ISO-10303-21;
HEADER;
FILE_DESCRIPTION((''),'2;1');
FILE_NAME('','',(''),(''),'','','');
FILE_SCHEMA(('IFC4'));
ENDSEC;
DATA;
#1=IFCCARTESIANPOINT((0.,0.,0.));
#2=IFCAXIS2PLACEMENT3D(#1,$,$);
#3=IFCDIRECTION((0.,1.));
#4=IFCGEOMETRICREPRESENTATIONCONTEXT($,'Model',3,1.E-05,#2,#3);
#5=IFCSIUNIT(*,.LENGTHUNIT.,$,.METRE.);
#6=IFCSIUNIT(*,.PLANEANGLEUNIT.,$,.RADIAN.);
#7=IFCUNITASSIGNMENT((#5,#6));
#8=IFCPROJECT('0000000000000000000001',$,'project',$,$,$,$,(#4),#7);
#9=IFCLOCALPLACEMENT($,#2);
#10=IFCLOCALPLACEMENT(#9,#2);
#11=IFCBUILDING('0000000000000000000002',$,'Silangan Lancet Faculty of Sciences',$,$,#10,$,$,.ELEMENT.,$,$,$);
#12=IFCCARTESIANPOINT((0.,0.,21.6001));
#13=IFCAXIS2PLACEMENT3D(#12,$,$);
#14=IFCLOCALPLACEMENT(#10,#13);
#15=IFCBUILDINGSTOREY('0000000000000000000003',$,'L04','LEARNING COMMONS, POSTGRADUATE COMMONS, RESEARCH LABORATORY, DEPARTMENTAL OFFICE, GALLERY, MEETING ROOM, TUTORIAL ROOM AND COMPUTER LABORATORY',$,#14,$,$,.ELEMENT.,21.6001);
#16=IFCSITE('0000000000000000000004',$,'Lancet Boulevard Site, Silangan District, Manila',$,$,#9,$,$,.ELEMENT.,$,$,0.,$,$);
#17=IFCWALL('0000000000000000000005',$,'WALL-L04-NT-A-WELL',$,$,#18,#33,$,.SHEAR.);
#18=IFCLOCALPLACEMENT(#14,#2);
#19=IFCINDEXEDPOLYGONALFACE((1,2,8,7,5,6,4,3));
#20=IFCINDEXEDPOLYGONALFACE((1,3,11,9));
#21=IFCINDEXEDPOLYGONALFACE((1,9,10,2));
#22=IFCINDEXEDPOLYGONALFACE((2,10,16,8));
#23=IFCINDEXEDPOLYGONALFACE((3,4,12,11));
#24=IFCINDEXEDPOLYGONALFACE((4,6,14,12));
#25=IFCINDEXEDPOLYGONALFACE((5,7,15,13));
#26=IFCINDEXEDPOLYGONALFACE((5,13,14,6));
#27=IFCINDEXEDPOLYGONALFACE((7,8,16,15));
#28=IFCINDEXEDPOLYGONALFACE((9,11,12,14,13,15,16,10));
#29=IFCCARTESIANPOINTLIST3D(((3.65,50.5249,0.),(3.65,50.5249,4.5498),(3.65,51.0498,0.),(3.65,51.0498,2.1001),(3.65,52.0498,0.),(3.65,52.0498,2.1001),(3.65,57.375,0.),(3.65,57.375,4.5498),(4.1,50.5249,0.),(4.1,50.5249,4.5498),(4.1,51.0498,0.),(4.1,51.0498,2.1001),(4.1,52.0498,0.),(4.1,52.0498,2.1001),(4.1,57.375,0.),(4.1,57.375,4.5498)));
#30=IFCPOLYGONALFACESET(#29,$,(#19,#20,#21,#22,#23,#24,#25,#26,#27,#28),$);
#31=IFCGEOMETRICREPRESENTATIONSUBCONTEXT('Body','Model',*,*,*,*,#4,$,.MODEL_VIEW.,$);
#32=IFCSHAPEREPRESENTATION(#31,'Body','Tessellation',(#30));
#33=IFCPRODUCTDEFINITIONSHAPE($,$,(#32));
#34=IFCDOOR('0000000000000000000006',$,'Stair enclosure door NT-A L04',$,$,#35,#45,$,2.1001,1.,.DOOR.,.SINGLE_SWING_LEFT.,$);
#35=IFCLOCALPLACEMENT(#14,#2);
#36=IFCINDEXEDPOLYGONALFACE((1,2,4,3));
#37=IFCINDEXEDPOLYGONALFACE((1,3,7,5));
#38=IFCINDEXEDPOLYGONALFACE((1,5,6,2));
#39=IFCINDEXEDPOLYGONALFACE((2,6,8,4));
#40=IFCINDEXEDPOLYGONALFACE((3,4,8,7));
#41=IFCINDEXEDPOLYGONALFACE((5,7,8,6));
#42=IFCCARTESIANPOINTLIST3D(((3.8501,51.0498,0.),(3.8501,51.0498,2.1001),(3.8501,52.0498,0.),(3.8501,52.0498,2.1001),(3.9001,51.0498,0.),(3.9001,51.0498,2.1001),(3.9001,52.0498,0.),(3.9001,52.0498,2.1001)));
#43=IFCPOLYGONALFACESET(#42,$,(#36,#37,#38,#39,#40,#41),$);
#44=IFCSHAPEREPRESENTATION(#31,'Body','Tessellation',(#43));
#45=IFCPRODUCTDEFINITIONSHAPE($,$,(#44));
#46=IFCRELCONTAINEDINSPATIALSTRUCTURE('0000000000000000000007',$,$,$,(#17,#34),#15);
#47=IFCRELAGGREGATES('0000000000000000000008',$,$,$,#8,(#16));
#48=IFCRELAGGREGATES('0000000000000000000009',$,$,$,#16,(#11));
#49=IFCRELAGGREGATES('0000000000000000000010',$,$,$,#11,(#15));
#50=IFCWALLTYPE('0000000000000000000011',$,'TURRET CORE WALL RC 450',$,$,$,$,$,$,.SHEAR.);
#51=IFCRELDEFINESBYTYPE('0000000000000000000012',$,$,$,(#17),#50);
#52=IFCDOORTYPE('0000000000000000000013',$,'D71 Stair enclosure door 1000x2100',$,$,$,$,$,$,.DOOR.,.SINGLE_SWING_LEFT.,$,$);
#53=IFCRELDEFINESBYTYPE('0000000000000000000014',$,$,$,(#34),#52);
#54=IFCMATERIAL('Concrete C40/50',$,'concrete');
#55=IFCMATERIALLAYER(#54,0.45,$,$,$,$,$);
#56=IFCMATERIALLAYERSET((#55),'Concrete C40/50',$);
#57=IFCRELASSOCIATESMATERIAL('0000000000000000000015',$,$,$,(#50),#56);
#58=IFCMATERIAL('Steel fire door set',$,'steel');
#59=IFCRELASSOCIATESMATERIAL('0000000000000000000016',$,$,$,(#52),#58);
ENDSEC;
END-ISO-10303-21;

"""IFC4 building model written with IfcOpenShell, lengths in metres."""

from ifc_helpers import new_model, si_unit, direction, frame, frame_2d, origin, place, context, subcontext, project, spatial, rectangle, extrude, material, layer, layer_set, type_object, element, fill, save


model = new_model("IFC4")

# Units and contexts
model_context = context("Model", 3, precision=1e-05, world=origin(), true_north=direction((0.0, 1.0)))
body_context = subcontext(model_context, "Body", "Model", "MODEL_VIEW")
ifc_project = project(units=[si_unit("LENGTHUNIT", "METRE"), si_unit("PLANEANGLEUNIT", "RADIAN")], contexts=[model_context])

# Site, building, storey
site_placement = place(None, origin())
site = spatial("IfcSite", under=ifc_project, at=site_placement, Name="Lancet Boulevard Site, Silangan District, Manila", CompositionType="ELEMENT", RefElevation=0.0)
building_placement = place(site_placement, origin())
building = spatial("IfcBuilding", under=site, at=building_placement, Name="Silangan Lancet Faculty of Sciences", CompositionType="ELEMENT")
storey_placement = place(building_placement, frame((0.0, 0.0, 21.6001)))
storey = spatial("IfcBuildingStorey", under=building, at=storey_placement, Name="L04", Description="LEARNING COMMONS, POSTGRADUATE COMMONS, RESEARCH LABORATORY, DEPARTMENTAL OFFICE, GALLERY, MEETING ROOM, TUTORIAL ROOM AND COMPUTER LABORATORY", CompositionType="ELEMENT", Elevation=21.6001)

# Wall, opening, door
ifc_material_1 = material(Name="Concrete C40/50", Category="concrete")
ifc_layer_1 = layer(ifc_material_1, 0.45)
ifc_layer_set_1 = layer_set([ifc_layer_1], Name="Concrete C40/50")
wall_type_1 = type_object("IfcWallType", Name="TURRET CORE WALL RC 450", PredefinedType="SHEAR", material=ifc_layer_set_1)
wall_1_placement = place(storey_placement, frame((3.875, 50.5249, 0.0), z_axis=(0.0, 0.0, 1.0), x_axis=(0.0, 1.0, 0.0)))
wall_1 = element("IfcWall", 1, at=wall_1_placement, inside=storey, type_object=wall_type_1, Name="WALL-L04-NT-A-WELL", PredefinedType="SHEAR", context=body_context, shape_type="SweptSolid", body=[
    extrude(rectangle(XDim=6.8501, YDim=0.45, at=frame_2d((3.425, 0.0))), origin(), (0.0, 0.0, 1.0), 4.5498),
])
opening_1_placement = place(wall_1_placement, frame((0.5249, 0.0, 0.0)))
opening_1 = element("IfcOpeningElement", 2, at=opening_1_placement, cuts=wall_1, PredefinedType="OPENING", context=body_context, shape_type="SweptSolid", body=[
    extrude(rectangle(XDim=1.0, YDim=2.1001, at=frame_2d((0.5, 1.05))), frame((0.0, 0.2349, 0.0), z_axis=(0.0, -1.0, 0.0), x_axis=(1.0, 0.0, 0.0)), (0.0, 0.0, 1.0), 0.47),
])
ifc_material_2 = material(Name="Steel fire door set", Category="steel")
door_type_1 = type_object("IfcDoorType", Name="D71 Stair enclosure door 1000x2100", OperationType="SINGLE_SWING_LEFT", PredefinedType="DOOR", material=ifc_material_2)
door_1_placement = place(opening_1_placement, origin())
door_1 = element("IfcDoor", 3, at=door_1_placement, inside=storey, type_object=door_type_1, Name="Stair enclosure door NT-A L04", OperationType="SINGLE_SWING_LEFT", OverallHeight=2.1001, OverallWidth=1.0, PredefinedType="DOOR", context=body_context, shape_type="SweptSolid", body=[
    extrude(rectangle(XDim=1.0, YDim=2.1001, at=frame_2d((0.5, 1.05))), frame((0.0, 0.0249, 0.0), z_axis=(0.0, -1.0, 0.0), x_axis=(1.0, 0.0, 0.0)), (0.0, 0.0, 1.0), 0.05),
])
fill(opening_1, door_1)

save(model, "model.ifc")
